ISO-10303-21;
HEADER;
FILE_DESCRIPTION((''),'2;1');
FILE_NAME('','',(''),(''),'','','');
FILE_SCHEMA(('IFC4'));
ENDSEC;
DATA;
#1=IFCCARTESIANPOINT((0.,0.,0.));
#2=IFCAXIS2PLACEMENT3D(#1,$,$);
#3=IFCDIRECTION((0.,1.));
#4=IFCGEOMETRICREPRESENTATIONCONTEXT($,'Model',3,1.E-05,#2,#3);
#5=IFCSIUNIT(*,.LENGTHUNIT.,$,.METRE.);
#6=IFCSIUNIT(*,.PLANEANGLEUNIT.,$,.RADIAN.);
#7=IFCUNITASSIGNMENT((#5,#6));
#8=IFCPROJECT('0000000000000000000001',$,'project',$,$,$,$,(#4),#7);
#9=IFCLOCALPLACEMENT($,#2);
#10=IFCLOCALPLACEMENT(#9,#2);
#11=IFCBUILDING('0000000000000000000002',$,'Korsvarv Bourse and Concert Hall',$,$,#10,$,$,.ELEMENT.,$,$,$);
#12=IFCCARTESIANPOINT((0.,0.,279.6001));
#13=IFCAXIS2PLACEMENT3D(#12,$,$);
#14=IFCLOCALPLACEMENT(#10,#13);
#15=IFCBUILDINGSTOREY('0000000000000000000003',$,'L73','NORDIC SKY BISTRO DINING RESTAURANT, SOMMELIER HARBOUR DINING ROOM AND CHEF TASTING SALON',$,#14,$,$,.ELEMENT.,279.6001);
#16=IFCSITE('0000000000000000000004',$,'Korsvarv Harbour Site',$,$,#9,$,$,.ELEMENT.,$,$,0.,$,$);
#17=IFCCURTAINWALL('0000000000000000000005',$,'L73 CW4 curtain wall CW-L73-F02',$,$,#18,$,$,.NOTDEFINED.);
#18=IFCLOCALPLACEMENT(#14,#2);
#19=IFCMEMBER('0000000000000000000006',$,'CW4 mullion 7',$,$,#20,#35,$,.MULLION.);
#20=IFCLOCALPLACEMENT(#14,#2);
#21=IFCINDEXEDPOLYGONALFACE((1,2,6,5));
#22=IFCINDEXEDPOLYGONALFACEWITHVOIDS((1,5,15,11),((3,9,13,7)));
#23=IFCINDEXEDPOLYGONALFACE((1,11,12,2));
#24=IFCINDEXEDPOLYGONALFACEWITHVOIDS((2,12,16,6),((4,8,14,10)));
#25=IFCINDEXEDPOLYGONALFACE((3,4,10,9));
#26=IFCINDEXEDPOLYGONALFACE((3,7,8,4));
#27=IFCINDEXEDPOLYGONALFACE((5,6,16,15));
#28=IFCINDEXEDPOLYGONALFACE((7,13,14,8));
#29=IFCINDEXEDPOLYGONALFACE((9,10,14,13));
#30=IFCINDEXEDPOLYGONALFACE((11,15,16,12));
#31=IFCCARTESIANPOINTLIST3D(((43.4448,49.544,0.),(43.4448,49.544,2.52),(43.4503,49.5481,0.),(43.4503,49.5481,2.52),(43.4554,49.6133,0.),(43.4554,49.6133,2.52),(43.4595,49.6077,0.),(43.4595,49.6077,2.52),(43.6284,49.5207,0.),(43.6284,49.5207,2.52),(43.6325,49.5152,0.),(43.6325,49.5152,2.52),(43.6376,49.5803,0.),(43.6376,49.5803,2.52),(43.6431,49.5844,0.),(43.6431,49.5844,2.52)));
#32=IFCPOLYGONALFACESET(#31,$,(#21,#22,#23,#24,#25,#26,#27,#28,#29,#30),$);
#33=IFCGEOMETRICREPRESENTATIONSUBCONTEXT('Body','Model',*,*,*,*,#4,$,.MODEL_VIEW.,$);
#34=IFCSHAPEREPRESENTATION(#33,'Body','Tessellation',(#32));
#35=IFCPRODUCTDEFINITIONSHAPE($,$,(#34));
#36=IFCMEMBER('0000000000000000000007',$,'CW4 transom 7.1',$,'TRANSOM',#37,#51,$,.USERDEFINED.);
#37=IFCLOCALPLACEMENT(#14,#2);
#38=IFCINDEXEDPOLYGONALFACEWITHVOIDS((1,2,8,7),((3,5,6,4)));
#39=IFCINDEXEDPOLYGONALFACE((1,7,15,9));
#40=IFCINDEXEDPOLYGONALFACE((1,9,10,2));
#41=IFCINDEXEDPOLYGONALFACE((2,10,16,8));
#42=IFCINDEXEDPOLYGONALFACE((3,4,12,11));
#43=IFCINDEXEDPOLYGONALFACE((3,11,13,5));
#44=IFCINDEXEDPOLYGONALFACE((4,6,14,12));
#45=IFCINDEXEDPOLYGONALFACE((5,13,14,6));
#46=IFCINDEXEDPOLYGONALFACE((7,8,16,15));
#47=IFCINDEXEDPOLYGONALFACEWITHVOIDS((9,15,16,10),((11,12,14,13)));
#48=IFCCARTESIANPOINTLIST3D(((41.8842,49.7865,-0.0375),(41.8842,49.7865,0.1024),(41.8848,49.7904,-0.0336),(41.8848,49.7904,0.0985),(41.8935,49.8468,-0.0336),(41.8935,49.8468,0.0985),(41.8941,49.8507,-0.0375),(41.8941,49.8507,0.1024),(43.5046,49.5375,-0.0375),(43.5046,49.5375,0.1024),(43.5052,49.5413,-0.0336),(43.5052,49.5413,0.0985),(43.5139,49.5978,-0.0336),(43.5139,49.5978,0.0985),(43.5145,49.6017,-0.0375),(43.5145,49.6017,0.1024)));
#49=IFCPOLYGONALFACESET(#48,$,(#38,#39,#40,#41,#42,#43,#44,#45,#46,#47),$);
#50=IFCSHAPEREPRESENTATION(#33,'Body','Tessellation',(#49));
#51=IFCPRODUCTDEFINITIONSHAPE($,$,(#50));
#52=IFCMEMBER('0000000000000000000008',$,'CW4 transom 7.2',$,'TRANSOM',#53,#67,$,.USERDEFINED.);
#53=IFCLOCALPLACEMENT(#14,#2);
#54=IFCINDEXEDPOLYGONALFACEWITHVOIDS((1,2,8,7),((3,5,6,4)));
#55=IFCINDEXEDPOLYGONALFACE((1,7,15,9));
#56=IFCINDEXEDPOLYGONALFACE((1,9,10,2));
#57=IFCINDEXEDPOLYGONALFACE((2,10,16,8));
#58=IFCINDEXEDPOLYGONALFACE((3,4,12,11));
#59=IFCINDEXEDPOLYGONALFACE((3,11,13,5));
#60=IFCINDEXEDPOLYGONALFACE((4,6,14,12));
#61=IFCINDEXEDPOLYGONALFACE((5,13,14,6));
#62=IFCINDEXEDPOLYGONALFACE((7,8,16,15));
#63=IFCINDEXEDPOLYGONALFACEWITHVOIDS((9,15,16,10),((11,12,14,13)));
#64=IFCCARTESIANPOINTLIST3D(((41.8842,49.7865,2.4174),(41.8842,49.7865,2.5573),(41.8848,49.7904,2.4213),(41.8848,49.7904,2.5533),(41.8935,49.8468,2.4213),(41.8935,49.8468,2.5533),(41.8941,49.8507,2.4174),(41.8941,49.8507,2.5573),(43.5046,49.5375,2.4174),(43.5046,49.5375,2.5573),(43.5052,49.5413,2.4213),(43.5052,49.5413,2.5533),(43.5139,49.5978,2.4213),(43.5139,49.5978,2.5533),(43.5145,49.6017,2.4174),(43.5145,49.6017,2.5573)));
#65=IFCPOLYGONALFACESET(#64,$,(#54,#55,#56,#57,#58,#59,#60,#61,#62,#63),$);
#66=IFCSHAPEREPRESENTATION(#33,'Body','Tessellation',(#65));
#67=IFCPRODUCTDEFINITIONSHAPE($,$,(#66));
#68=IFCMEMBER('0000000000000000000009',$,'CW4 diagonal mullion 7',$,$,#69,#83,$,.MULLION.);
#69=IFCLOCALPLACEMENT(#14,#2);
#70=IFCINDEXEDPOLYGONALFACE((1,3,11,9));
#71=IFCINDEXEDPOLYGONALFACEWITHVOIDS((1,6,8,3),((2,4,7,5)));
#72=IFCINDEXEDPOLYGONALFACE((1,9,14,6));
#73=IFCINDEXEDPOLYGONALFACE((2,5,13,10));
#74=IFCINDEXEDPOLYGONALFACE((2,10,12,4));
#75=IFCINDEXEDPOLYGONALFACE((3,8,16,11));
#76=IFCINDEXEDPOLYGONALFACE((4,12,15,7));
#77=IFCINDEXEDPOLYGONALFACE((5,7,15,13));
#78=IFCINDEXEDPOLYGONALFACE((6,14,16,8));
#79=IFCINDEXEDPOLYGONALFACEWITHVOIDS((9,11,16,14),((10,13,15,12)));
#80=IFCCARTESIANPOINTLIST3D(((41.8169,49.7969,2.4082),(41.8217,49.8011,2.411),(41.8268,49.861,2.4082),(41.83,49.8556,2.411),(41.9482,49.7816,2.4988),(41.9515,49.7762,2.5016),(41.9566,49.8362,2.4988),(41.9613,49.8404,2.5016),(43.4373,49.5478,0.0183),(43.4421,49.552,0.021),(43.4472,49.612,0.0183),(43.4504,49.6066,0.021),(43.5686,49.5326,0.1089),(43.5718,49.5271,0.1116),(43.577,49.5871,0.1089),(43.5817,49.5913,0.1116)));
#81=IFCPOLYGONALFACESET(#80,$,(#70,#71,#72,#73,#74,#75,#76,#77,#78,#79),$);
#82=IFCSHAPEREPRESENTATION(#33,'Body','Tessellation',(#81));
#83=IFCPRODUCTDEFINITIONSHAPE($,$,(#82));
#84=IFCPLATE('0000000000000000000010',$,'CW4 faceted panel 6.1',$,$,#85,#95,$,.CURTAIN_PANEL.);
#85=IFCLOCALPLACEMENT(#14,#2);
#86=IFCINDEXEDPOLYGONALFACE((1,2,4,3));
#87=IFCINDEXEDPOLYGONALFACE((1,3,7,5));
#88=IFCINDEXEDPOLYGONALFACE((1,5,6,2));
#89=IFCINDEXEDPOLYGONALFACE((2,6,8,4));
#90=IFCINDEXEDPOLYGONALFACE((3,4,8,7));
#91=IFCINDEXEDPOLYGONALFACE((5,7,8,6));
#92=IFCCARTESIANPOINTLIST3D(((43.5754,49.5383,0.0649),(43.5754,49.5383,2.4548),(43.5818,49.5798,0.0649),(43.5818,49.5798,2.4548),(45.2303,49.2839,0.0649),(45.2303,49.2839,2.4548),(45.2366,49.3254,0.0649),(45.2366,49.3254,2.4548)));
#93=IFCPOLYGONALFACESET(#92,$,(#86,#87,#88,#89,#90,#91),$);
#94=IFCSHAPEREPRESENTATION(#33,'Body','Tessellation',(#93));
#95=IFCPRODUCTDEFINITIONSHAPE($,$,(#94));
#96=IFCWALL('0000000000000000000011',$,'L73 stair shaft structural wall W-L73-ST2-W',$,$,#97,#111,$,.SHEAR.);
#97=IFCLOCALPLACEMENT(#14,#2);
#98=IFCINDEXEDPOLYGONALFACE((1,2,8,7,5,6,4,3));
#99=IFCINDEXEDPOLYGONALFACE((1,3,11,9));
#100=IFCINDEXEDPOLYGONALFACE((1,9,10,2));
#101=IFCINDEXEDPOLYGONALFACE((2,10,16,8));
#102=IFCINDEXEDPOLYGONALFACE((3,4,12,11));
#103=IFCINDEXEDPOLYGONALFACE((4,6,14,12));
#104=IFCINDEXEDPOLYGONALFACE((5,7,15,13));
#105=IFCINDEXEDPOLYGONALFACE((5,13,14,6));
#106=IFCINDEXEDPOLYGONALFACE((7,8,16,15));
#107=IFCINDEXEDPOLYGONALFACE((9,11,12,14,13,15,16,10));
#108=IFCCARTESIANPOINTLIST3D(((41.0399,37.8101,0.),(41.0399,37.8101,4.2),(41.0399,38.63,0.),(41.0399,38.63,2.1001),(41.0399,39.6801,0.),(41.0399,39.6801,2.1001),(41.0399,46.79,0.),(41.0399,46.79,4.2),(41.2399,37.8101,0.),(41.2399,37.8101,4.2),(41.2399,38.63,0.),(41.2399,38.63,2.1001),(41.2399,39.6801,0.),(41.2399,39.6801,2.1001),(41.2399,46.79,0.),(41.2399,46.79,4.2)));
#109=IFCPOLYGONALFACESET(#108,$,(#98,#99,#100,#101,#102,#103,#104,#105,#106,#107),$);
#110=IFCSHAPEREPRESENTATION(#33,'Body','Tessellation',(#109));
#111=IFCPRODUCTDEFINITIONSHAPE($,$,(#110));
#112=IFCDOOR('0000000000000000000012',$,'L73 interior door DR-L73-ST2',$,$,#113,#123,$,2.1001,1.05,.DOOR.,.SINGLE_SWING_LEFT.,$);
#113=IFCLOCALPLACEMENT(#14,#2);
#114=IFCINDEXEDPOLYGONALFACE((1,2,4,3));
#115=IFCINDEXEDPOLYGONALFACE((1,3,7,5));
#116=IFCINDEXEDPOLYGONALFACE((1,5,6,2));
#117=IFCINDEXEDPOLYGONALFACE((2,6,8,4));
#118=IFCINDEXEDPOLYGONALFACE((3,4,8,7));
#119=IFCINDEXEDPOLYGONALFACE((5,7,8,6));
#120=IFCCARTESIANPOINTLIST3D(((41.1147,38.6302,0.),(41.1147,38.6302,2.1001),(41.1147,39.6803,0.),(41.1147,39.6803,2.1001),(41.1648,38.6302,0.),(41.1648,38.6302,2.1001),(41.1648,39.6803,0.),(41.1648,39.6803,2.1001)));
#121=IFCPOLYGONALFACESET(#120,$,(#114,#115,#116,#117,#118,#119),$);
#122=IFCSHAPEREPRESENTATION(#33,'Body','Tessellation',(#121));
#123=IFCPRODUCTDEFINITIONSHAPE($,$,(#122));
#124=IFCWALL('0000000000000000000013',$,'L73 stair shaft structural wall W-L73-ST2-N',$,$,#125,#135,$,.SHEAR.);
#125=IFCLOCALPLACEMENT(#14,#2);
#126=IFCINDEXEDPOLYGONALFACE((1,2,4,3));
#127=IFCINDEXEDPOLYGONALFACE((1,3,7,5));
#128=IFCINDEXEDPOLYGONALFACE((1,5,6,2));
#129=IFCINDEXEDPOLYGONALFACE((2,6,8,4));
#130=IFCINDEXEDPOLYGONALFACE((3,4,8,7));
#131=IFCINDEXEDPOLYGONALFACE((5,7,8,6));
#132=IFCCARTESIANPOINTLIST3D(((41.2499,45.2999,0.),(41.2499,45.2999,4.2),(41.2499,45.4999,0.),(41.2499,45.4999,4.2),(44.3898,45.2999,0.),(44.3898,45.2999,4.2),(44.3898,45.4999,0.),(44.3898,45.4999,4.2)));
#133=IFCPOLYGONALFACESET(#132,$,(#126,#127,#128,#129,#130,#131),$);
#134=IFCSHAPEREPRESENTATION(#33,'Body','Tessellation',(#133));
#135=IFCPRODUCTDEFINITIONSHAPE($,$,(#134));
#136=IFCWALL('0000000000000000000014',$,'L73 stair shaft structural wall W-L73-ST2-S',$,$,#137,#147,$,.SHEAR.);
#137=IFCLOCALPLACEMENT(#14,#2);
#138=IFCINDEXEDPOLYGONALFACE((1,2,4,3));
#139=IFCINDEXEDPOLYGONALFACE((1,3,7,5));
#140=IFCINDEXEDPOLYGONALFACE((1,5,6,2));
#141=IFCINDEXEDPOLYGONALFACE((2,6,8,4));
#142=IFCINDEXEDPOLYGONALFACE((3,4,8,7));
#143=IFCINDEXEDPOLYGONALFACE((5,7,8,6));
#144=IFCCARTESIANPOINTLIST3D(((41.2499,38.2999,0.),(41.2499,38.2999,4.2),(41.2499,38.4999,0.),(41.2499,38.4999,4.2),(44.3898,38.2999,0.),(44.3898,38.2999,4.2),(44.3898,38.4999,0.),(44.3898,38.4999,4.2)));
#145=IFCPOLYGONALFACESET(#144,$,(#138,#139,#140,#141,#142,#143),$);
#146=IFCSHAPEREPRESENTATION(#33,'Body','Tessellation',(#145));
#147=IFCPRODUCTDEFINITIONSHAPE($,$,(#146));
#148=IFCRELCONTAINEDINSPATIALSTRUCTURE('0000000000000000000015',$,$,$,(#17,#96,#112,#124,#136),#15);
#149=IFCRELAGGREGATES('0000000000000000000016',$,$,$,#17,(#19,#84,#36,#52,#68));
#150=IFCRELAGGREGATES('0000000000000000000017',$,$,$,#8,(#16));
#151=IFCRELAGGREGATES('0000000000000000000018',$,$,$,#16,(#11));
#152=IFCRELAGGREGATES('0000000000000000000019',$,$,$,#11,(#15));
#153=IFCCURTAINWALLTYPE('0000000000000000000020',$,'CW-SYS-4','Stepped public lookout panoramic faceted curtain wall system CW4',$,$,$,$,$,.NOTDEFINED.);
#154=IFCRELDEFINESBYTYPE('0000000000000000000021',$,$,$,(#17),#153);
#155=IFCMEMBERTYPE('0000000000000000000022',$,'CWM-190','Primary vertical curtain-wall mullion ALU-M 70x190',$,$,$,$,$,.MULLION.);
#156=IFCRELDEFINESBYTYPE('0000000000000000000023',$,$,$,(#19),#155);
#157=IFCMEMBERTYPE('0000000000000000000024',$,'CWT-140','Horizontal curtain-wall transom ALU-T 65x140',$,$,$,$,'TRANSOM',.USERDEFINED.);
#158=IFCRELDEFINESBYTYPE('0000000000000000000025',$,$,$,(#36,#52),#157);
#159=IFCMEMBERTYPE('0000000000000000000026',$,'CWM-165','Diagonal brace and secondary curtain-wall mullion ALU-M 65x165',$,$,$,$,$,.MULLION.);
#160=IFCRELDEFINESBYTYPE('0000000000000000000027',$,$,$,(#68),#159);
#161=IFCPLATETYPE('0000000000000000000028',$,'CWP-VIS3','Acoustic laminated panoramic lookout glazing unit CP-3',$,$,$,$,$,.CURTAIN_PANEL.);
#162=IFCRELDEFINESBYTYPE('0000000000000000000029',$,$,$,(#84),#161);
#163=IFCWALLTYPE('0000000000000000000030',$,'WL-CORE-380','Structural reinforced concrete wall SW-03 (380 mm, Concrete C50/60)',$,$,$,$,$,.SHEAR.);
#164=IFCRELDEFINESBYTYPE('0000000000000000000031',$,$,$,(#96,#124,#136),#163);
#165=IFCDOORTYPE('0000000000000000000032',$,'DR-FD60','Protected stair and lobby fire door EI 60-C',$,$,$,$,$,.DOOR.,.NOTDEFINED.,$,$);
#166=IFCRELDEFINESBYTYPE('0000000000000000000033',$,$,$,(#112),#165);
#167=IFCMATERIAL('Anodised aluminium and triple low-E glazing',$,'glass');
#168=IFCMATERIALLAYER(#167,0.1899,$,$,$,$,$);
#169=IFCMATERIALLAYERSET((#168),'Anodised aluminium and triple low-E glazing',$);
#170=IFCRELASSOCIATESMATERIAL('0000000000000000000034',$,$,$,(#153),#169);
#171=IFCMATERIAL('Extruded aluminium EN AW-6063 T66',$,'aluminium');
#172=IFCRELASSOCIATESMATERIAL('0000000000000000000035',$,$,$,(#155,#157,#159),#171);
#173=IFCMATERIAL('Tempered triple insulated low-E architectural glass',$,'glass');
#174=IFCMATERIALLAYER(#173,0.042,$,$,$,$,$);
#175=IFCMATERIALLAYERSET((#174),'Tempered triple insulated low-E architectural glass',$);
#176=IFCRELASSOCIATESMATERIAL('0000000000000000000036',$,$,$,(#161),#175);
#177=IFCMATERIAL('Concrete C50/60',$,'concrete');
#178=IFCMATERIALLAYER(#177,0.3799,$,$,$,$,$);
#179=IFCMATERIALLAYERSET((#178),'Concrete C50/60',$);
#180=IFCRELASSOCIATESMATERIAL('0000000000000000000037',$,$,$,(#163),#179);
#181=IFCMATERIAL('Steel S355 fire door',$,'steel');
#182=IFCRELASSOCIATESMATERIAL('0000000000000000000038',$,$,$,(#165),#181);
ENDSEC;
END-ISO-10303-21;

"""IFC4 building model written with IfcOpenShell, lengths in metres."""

from ifc_helpers import new_model, si_unit, direction, frame, frame_2d, origin, origin_2d, place, context, subcontext, project, spatial, rectangle, hollow_rectangle, extrude, source, transform, mapped, material, layer, layer_set, material_profile, profile_set, type_object, element, fill, aggregate, save


model = new_model("IFC4")

# Units and contexts
model_context = context("Model", 3, precision=1e-05, world=origin(), true_north=direction((0.0, 1.0)))
body_context = subcontext(model_context, "Body", "Model", "MODEL_VIEW")
ifc_project = project(units=[si_unit("LENGTHUNIT", "METRE"), si_unit("PLANEANGLEUNIT", "RADIAN")], contexts=[model_context])

# Site, building, storey
site_placement = place(None, origin())
site = spatial("IfcSite", under=ifc_project, at=site_placement, Name="Korsvarv Harbour Site", CompositionType="ELEMENT", RefElevation=0.0)
building_placement = place(site_placement, origin())
building = spatial("IfcBuilding", under=site, at=building_placement, Name="Korsvarv Bourse and Concert Hall", CompositionType="ELEMENT")
storey_placement = place(building_placement, frame((0.0, 0.0, 279.6001)))
storey = spatial("IfcBuildingStorey", under=building, at=storey_placement, Name="L73", Description="NORDIC SKY BISTRO DINING RESTAURANT, SOMMELIER HARBOUR DINING ROOM AND CHEF TASTING SALON", CompositionType="ELEMENT", Elevation=279.6001)

# Curtain wall, members, plate
ifc_material_1 = material(Name="Anodised aluminium and triple low-E glazing", Category="glass")
ifc_layer_1 = layer(ifc_material_1, 0.1899)
ifc_layer_set_1 = layer_set([ifc_layer_1], Name="Anodised aluminium and triple low-E glazing")
curtain_wall_type = type_object("IfcCurtainWallType", Name="CW-SYS-4", Description="Stepped public lookout panoramic faceted curtain wall system CW4", PredefinedType="NOTDEFINED", material=ifc_layer_set_1)
curtain_wall_placement = place(storey_placement, origin())
curtain_wall = element("IfcCurtainWall", 1, at=curtain_wall_placement, inside=storey, type_object=curtain_wall_type, Name="L73 CW4 curtain wall CW-L73-F02", PredefinedType="NOTDEFINED")
ifc_material_2 = material(Name="Extruded aluminium EN AW-6063 T66", Category="aluminium")
ifc_material_profile_1 = material_profile(ifc_material_2, hollow_rectangle(XDim=0.0701, YDim=0.1899, WallThickness=0.0049, at=origin_2d()), Name="ALU-M 70x190")
ifc_profile_set_1 = profile_set([ifc_material_profile_1], Name="Extruded aluminium EN AW-6063 T66")
member_type_1 = type_object("IfcMemberType", Name="CWM-190", Description="Primary vertical curtain-wall mullion ALU-M 70x190", PredefinedType="MULLION", material=ifc_profile_set_1)
shared_shape_1 = source(origin(), body_context, "Body", "SweptSolid", [
    extrude(hollow_rectangle(XDim=0.0701, YDim=0.1899, WallThickness=0.0049, at=origin_2d()), origin(), (0.0, 0.0, 1.0), 2.52),
])
member_1_placement = place(storey_placement, frame((43.5439, 49.5642, 0.0), z_axis=(0.0, 0.0, 1.0), x_axis=(-0.151931, -0.988391, 0.0)))
member_1 = element("IfcMember", 2, at=member_1_placement, type_object=member_type_1, Name="CW4 mullion 7", PredefinedType="MULLION", context=body_context, shape_type="MappedRepresentation", body=[
    mapped(shared_shape_1, transform((0.0, 0.0, 0.0), scale=1.0)),
])
ifc_material_profile_2 = material_profile(ifc_material_2, hollow_rectangle(XDim=0.0649, YDim=0.1399, WallThickness=0.0039, at=origin_2d()), Name="ALU-T 65x140")
ifc_profile_set_2 = profile_set([ifc_material_profile_2], Name="Extruded aluminium EN AW-6063 T66")
member_type_2 = type_object("IfcMemberType", Name="CWT-140", Description="Horizontal curtain-wall transom ALU-T 65x140", ElementType="TRANSOM", PredefinedType="USERDEFINED", material=ifc_profile_set_2)
shared_shape_2 = source(origin(), body_context, "Body", "SweptSolid", [
    extrude(hollow_rectangle(XDim=0.0649, YDim=0.1399, WallThickness=0.0039, at=origin_2d()), origin(), (0.0, 0.0, 1.0), 1.6394),
])
member_2_placement = place(storey_placement, frame((43.5095, 49.5696, 0.0325), z_axis=(-0.988396, 0.151901, 0.0), x_axis=(-0.151901, -0.988396, 0.0)))
member_2 = element("IfcMember", 3, at=member_2_placement, type_object=member_type_2, Name="CW4 transom 7.1", ObjectType="TRANSOM", PredefinedType="USERDEFINED", context=body_context, shape_type="MappedRepresentation", body=[
    mapped(shared_shape_2, transform((0.0, 0.0, 0.0), scale=1.0)),
])
member_3_placement = place(storey_placement, frame((43.5095, 49.5696, 2.4873), z_axis=(-0.988396, 0.151901, 0.0), x_axis=(-0.151901, -0.988396, 0.0)))
member_3 = element("IfcMember", 4, at=member_3_placement, type_object=member_type_2, Name="CW4 transom 7.2", ObjectType="TRANSOM", PredefinedType="USERDEFINED", context=body_context, shape_type="MappedRepresentation", body=[
    mapped(shared_shape_2, transform((0.0, 0.0, 0.0), scale=1.0)),
])
ifc_material_profile_3 = material_profile(ifc_material_2, hollow_rectangle(XDim=0.0649, YDim=0.165, WallThickness=0.0049, at=origin_2d()), Name="ALU-M 65x165")
ifc_profile_set_3 = profile_set([ifc_material_profile_3], Name="Extruded aluminium EN AW-6063 T66")
member_type_3 = type_object("IfcMemberType", Name="CWM-165", Description="Diagonal brace and secondary curtain-wall mullion ALU-M 65x165", PredefinedType="MULLION", material=ifc_profile_set_3)
shared_shape_3 = source(origin(), body_context, "Body", "SweptSolid", [
    extrude(hollow_rectangle(XDim=0.0649, YDim=0.165, WallThickness=0.0049, at=origin_2d()), origin(), (0.0, 0.0, 1.0), 2.8982),
])
member_4_placement = place(storey_placement, frame((43.5095, 49.5696, 0.0649), z_axis=(-0.559105, 0.085925, 0.824632), x_axis=(-0.151901, -0.988396, 0.0)))
member_4 = element("IfcMember", 5, at=member_4_placement, type_object=member_type_3, Name="CW4 diagonal mullion 7", PredefinedType="MULLION", context=body_context, shape_type="MappedRepresentation", body=[
    mapped(shared_shape_3, transform((0.0, 0.0, 0.0), scale=1.0)),
])
ifc_material_3 = material(Name="Tempered triple insulated low-E architectural glass", Category="glass")
ifc_layer_2 = layer(ifc_material_3, 0.042)
ifc_layer_set_2 = layer_set([ifc_layer_2], Name="Tempered triple insulated low-E architectural glass")
plate_type = type_object("IfcPlateType", Name="CWP-VIS3", Description="Acoustic laminated panoramic lookout glazing unit CP-3", PredefinedType="CURTAIN_PANEL", material=ifc_layer_set_2)
shared_shape_4 = source(origin(), body_context, "Body", "SweptSolid", [
    extrude(rectangle(XDim=1.6743, YDim=0.042, at=origin_2d()), origin(), (0.0, 0.0, 1.0), 2.3899),
])
plate_placement = place(storey_placement, frame((44.406, 49.4319, 0.0649), z_axis=(0.0, 0.0, 1.0), x_axis=(-0.988391, 0.151931, 0.0)))
plate = element("IfcPlate", 6, at=plate_placement, type_object=plate_type, Name="CW4 faceted panel 6.1", PredefinedType="CURTAIN_PANEL", context=body_context, shape_type="MappedRepresentation", body=[
    mapped(shared_shape_4, transform((0.0, 0.0, 0.0), scale=1.0)),
])
aggregate(curtain_wall, [member_1, plate, member_2, member_3, member_4])

# Wall, opening, door
ifc_material_4 = material(Name="Concrete C50/60", Category="concrete")
ifc_layer_3 = layer(ifc_material_4, 0.3799)
ifc_layer_set_3 = layer_set([ifc_layer_3], Name="Concrete C50/60")
wall_type_1 = type_object("IfcWallType", Name="WL-CORE-380", Description="Structural reinforced concrete wall SW-03 (380 mm, Concrete C50/60)", PredefinedType="SHEAR", material=ifc_layer_set_3)
wall_1_placement = place(storey_placement, frame((41.1399, 37.8101, 0.0), z_axis=(0.0, 0.0, 1.0), x_axis=(0.0, 1.0, 0.0)))
wall_1 = element("IfcWall", 7, at=wall_1_placement, inside=storey, type_object=wall_type_1, Name="L73 stair shaft structural wall W-L73-ST2-W", PredefinedType="SHEAR", context=body_context, shape_type="SweptSolid", body=[
    extrude(rectangle(XDim=8.98, YDim=0.2, at=frame_2d((4.49, 0.0))), origin(), (0.0, 0.0, 1.0), 4.2),
])
opening_1_placement = place(wall_1_placement, frame((0.8201, 0.0, 0.0)))
opening_1 = element("IfcOpeningElement", 8, at=opening_1_placement, cuts=wall_1, PredefinedType="OPENING", context=body_context, shape_type="SweptSolid", body=[
    extrude(rectangle(XDim=1.05, YDim=2.1001, at=frame_2d((0.5249, 1.05))), frame((0.0, 0.1099, 0.0), z_axis=(0.0, -1.0, 0.0), x_axis=(1.0, 0.0, 0.0)), (0.0, 0.0, 1.0), 0.22),
])
ifc_material_5 = material(Name="Steel S355 fire door", Category="steel")
door_type_1 = type_object("IfcDoorType", Name="DR-FD60", Description="Protected stair and lobby fire door EI 60-C", OperationType="NOTDEFINED", PredefinedType="DOOR", material=ifc_material_5)
door_1_placement = place(opening_1_placement, frame((1.05, 0.0, 0.0), z_axis=(0.0, 0.0, 1.0), x_axis=(-1.0, 0.0, 0.0)))
door_1 = element("IfcDoor", 9, at=door_1_placement, inside=storey, type_object=door_type_1, Name="L73 interior door DR-L73-ST2", OperationType="SINGLE_SWING_LEFT", OverallHeight=2.1001, OverallWidth=1.05, PredefinedType="DOOR", context=body_context, shape_type="SweptSolid", body=[
    extrude(rectangle(XDim=1.05, YDim=2.1001, at=frame_2d((0.5249, 1.05))), frame((0.0, 0.0249, 0.0), z_axis=(0.0, -1.0, 0.0), x_axis=(1.0, 0.0, 0.0)), (0.0, 0.0, 1.0), 0.05),
])
fill(opening_1, door_1)

# Walls
for number, where, z_axis, x_axis, name in (
    (10, (41.25, 45.3999, 0.0), (0.0, 0.0, 1.0), (1.0, 0.0, 0.0), "L73 stair shaft structural wall W-L73-ST2-N"),
    (11, (41.25, 38.3999, 0.0), (0.0, 0.0, 1.0), (1.0, 0.0, 0.0), "L73 stair shaft structural wall W-L73-ST2-S"),
):
    element("IfcWall", number, at=place(storey_placement, frame(where, z_axis=z_axis, x_axis=x_axis)), inside=storey, type_object=wall_type_1, Name=name, PredefinedType="SHEAR", context=body_context, shape_type="SweptSolid", body=[
        extrude(rectangle(XDim=3.1399, YDim=0.2, at=frame_2d((1.5698, 0.0))), origin(), (0.0, 0.0, 1.0), 4.2),
    ])

save(model, "model.ifc")
